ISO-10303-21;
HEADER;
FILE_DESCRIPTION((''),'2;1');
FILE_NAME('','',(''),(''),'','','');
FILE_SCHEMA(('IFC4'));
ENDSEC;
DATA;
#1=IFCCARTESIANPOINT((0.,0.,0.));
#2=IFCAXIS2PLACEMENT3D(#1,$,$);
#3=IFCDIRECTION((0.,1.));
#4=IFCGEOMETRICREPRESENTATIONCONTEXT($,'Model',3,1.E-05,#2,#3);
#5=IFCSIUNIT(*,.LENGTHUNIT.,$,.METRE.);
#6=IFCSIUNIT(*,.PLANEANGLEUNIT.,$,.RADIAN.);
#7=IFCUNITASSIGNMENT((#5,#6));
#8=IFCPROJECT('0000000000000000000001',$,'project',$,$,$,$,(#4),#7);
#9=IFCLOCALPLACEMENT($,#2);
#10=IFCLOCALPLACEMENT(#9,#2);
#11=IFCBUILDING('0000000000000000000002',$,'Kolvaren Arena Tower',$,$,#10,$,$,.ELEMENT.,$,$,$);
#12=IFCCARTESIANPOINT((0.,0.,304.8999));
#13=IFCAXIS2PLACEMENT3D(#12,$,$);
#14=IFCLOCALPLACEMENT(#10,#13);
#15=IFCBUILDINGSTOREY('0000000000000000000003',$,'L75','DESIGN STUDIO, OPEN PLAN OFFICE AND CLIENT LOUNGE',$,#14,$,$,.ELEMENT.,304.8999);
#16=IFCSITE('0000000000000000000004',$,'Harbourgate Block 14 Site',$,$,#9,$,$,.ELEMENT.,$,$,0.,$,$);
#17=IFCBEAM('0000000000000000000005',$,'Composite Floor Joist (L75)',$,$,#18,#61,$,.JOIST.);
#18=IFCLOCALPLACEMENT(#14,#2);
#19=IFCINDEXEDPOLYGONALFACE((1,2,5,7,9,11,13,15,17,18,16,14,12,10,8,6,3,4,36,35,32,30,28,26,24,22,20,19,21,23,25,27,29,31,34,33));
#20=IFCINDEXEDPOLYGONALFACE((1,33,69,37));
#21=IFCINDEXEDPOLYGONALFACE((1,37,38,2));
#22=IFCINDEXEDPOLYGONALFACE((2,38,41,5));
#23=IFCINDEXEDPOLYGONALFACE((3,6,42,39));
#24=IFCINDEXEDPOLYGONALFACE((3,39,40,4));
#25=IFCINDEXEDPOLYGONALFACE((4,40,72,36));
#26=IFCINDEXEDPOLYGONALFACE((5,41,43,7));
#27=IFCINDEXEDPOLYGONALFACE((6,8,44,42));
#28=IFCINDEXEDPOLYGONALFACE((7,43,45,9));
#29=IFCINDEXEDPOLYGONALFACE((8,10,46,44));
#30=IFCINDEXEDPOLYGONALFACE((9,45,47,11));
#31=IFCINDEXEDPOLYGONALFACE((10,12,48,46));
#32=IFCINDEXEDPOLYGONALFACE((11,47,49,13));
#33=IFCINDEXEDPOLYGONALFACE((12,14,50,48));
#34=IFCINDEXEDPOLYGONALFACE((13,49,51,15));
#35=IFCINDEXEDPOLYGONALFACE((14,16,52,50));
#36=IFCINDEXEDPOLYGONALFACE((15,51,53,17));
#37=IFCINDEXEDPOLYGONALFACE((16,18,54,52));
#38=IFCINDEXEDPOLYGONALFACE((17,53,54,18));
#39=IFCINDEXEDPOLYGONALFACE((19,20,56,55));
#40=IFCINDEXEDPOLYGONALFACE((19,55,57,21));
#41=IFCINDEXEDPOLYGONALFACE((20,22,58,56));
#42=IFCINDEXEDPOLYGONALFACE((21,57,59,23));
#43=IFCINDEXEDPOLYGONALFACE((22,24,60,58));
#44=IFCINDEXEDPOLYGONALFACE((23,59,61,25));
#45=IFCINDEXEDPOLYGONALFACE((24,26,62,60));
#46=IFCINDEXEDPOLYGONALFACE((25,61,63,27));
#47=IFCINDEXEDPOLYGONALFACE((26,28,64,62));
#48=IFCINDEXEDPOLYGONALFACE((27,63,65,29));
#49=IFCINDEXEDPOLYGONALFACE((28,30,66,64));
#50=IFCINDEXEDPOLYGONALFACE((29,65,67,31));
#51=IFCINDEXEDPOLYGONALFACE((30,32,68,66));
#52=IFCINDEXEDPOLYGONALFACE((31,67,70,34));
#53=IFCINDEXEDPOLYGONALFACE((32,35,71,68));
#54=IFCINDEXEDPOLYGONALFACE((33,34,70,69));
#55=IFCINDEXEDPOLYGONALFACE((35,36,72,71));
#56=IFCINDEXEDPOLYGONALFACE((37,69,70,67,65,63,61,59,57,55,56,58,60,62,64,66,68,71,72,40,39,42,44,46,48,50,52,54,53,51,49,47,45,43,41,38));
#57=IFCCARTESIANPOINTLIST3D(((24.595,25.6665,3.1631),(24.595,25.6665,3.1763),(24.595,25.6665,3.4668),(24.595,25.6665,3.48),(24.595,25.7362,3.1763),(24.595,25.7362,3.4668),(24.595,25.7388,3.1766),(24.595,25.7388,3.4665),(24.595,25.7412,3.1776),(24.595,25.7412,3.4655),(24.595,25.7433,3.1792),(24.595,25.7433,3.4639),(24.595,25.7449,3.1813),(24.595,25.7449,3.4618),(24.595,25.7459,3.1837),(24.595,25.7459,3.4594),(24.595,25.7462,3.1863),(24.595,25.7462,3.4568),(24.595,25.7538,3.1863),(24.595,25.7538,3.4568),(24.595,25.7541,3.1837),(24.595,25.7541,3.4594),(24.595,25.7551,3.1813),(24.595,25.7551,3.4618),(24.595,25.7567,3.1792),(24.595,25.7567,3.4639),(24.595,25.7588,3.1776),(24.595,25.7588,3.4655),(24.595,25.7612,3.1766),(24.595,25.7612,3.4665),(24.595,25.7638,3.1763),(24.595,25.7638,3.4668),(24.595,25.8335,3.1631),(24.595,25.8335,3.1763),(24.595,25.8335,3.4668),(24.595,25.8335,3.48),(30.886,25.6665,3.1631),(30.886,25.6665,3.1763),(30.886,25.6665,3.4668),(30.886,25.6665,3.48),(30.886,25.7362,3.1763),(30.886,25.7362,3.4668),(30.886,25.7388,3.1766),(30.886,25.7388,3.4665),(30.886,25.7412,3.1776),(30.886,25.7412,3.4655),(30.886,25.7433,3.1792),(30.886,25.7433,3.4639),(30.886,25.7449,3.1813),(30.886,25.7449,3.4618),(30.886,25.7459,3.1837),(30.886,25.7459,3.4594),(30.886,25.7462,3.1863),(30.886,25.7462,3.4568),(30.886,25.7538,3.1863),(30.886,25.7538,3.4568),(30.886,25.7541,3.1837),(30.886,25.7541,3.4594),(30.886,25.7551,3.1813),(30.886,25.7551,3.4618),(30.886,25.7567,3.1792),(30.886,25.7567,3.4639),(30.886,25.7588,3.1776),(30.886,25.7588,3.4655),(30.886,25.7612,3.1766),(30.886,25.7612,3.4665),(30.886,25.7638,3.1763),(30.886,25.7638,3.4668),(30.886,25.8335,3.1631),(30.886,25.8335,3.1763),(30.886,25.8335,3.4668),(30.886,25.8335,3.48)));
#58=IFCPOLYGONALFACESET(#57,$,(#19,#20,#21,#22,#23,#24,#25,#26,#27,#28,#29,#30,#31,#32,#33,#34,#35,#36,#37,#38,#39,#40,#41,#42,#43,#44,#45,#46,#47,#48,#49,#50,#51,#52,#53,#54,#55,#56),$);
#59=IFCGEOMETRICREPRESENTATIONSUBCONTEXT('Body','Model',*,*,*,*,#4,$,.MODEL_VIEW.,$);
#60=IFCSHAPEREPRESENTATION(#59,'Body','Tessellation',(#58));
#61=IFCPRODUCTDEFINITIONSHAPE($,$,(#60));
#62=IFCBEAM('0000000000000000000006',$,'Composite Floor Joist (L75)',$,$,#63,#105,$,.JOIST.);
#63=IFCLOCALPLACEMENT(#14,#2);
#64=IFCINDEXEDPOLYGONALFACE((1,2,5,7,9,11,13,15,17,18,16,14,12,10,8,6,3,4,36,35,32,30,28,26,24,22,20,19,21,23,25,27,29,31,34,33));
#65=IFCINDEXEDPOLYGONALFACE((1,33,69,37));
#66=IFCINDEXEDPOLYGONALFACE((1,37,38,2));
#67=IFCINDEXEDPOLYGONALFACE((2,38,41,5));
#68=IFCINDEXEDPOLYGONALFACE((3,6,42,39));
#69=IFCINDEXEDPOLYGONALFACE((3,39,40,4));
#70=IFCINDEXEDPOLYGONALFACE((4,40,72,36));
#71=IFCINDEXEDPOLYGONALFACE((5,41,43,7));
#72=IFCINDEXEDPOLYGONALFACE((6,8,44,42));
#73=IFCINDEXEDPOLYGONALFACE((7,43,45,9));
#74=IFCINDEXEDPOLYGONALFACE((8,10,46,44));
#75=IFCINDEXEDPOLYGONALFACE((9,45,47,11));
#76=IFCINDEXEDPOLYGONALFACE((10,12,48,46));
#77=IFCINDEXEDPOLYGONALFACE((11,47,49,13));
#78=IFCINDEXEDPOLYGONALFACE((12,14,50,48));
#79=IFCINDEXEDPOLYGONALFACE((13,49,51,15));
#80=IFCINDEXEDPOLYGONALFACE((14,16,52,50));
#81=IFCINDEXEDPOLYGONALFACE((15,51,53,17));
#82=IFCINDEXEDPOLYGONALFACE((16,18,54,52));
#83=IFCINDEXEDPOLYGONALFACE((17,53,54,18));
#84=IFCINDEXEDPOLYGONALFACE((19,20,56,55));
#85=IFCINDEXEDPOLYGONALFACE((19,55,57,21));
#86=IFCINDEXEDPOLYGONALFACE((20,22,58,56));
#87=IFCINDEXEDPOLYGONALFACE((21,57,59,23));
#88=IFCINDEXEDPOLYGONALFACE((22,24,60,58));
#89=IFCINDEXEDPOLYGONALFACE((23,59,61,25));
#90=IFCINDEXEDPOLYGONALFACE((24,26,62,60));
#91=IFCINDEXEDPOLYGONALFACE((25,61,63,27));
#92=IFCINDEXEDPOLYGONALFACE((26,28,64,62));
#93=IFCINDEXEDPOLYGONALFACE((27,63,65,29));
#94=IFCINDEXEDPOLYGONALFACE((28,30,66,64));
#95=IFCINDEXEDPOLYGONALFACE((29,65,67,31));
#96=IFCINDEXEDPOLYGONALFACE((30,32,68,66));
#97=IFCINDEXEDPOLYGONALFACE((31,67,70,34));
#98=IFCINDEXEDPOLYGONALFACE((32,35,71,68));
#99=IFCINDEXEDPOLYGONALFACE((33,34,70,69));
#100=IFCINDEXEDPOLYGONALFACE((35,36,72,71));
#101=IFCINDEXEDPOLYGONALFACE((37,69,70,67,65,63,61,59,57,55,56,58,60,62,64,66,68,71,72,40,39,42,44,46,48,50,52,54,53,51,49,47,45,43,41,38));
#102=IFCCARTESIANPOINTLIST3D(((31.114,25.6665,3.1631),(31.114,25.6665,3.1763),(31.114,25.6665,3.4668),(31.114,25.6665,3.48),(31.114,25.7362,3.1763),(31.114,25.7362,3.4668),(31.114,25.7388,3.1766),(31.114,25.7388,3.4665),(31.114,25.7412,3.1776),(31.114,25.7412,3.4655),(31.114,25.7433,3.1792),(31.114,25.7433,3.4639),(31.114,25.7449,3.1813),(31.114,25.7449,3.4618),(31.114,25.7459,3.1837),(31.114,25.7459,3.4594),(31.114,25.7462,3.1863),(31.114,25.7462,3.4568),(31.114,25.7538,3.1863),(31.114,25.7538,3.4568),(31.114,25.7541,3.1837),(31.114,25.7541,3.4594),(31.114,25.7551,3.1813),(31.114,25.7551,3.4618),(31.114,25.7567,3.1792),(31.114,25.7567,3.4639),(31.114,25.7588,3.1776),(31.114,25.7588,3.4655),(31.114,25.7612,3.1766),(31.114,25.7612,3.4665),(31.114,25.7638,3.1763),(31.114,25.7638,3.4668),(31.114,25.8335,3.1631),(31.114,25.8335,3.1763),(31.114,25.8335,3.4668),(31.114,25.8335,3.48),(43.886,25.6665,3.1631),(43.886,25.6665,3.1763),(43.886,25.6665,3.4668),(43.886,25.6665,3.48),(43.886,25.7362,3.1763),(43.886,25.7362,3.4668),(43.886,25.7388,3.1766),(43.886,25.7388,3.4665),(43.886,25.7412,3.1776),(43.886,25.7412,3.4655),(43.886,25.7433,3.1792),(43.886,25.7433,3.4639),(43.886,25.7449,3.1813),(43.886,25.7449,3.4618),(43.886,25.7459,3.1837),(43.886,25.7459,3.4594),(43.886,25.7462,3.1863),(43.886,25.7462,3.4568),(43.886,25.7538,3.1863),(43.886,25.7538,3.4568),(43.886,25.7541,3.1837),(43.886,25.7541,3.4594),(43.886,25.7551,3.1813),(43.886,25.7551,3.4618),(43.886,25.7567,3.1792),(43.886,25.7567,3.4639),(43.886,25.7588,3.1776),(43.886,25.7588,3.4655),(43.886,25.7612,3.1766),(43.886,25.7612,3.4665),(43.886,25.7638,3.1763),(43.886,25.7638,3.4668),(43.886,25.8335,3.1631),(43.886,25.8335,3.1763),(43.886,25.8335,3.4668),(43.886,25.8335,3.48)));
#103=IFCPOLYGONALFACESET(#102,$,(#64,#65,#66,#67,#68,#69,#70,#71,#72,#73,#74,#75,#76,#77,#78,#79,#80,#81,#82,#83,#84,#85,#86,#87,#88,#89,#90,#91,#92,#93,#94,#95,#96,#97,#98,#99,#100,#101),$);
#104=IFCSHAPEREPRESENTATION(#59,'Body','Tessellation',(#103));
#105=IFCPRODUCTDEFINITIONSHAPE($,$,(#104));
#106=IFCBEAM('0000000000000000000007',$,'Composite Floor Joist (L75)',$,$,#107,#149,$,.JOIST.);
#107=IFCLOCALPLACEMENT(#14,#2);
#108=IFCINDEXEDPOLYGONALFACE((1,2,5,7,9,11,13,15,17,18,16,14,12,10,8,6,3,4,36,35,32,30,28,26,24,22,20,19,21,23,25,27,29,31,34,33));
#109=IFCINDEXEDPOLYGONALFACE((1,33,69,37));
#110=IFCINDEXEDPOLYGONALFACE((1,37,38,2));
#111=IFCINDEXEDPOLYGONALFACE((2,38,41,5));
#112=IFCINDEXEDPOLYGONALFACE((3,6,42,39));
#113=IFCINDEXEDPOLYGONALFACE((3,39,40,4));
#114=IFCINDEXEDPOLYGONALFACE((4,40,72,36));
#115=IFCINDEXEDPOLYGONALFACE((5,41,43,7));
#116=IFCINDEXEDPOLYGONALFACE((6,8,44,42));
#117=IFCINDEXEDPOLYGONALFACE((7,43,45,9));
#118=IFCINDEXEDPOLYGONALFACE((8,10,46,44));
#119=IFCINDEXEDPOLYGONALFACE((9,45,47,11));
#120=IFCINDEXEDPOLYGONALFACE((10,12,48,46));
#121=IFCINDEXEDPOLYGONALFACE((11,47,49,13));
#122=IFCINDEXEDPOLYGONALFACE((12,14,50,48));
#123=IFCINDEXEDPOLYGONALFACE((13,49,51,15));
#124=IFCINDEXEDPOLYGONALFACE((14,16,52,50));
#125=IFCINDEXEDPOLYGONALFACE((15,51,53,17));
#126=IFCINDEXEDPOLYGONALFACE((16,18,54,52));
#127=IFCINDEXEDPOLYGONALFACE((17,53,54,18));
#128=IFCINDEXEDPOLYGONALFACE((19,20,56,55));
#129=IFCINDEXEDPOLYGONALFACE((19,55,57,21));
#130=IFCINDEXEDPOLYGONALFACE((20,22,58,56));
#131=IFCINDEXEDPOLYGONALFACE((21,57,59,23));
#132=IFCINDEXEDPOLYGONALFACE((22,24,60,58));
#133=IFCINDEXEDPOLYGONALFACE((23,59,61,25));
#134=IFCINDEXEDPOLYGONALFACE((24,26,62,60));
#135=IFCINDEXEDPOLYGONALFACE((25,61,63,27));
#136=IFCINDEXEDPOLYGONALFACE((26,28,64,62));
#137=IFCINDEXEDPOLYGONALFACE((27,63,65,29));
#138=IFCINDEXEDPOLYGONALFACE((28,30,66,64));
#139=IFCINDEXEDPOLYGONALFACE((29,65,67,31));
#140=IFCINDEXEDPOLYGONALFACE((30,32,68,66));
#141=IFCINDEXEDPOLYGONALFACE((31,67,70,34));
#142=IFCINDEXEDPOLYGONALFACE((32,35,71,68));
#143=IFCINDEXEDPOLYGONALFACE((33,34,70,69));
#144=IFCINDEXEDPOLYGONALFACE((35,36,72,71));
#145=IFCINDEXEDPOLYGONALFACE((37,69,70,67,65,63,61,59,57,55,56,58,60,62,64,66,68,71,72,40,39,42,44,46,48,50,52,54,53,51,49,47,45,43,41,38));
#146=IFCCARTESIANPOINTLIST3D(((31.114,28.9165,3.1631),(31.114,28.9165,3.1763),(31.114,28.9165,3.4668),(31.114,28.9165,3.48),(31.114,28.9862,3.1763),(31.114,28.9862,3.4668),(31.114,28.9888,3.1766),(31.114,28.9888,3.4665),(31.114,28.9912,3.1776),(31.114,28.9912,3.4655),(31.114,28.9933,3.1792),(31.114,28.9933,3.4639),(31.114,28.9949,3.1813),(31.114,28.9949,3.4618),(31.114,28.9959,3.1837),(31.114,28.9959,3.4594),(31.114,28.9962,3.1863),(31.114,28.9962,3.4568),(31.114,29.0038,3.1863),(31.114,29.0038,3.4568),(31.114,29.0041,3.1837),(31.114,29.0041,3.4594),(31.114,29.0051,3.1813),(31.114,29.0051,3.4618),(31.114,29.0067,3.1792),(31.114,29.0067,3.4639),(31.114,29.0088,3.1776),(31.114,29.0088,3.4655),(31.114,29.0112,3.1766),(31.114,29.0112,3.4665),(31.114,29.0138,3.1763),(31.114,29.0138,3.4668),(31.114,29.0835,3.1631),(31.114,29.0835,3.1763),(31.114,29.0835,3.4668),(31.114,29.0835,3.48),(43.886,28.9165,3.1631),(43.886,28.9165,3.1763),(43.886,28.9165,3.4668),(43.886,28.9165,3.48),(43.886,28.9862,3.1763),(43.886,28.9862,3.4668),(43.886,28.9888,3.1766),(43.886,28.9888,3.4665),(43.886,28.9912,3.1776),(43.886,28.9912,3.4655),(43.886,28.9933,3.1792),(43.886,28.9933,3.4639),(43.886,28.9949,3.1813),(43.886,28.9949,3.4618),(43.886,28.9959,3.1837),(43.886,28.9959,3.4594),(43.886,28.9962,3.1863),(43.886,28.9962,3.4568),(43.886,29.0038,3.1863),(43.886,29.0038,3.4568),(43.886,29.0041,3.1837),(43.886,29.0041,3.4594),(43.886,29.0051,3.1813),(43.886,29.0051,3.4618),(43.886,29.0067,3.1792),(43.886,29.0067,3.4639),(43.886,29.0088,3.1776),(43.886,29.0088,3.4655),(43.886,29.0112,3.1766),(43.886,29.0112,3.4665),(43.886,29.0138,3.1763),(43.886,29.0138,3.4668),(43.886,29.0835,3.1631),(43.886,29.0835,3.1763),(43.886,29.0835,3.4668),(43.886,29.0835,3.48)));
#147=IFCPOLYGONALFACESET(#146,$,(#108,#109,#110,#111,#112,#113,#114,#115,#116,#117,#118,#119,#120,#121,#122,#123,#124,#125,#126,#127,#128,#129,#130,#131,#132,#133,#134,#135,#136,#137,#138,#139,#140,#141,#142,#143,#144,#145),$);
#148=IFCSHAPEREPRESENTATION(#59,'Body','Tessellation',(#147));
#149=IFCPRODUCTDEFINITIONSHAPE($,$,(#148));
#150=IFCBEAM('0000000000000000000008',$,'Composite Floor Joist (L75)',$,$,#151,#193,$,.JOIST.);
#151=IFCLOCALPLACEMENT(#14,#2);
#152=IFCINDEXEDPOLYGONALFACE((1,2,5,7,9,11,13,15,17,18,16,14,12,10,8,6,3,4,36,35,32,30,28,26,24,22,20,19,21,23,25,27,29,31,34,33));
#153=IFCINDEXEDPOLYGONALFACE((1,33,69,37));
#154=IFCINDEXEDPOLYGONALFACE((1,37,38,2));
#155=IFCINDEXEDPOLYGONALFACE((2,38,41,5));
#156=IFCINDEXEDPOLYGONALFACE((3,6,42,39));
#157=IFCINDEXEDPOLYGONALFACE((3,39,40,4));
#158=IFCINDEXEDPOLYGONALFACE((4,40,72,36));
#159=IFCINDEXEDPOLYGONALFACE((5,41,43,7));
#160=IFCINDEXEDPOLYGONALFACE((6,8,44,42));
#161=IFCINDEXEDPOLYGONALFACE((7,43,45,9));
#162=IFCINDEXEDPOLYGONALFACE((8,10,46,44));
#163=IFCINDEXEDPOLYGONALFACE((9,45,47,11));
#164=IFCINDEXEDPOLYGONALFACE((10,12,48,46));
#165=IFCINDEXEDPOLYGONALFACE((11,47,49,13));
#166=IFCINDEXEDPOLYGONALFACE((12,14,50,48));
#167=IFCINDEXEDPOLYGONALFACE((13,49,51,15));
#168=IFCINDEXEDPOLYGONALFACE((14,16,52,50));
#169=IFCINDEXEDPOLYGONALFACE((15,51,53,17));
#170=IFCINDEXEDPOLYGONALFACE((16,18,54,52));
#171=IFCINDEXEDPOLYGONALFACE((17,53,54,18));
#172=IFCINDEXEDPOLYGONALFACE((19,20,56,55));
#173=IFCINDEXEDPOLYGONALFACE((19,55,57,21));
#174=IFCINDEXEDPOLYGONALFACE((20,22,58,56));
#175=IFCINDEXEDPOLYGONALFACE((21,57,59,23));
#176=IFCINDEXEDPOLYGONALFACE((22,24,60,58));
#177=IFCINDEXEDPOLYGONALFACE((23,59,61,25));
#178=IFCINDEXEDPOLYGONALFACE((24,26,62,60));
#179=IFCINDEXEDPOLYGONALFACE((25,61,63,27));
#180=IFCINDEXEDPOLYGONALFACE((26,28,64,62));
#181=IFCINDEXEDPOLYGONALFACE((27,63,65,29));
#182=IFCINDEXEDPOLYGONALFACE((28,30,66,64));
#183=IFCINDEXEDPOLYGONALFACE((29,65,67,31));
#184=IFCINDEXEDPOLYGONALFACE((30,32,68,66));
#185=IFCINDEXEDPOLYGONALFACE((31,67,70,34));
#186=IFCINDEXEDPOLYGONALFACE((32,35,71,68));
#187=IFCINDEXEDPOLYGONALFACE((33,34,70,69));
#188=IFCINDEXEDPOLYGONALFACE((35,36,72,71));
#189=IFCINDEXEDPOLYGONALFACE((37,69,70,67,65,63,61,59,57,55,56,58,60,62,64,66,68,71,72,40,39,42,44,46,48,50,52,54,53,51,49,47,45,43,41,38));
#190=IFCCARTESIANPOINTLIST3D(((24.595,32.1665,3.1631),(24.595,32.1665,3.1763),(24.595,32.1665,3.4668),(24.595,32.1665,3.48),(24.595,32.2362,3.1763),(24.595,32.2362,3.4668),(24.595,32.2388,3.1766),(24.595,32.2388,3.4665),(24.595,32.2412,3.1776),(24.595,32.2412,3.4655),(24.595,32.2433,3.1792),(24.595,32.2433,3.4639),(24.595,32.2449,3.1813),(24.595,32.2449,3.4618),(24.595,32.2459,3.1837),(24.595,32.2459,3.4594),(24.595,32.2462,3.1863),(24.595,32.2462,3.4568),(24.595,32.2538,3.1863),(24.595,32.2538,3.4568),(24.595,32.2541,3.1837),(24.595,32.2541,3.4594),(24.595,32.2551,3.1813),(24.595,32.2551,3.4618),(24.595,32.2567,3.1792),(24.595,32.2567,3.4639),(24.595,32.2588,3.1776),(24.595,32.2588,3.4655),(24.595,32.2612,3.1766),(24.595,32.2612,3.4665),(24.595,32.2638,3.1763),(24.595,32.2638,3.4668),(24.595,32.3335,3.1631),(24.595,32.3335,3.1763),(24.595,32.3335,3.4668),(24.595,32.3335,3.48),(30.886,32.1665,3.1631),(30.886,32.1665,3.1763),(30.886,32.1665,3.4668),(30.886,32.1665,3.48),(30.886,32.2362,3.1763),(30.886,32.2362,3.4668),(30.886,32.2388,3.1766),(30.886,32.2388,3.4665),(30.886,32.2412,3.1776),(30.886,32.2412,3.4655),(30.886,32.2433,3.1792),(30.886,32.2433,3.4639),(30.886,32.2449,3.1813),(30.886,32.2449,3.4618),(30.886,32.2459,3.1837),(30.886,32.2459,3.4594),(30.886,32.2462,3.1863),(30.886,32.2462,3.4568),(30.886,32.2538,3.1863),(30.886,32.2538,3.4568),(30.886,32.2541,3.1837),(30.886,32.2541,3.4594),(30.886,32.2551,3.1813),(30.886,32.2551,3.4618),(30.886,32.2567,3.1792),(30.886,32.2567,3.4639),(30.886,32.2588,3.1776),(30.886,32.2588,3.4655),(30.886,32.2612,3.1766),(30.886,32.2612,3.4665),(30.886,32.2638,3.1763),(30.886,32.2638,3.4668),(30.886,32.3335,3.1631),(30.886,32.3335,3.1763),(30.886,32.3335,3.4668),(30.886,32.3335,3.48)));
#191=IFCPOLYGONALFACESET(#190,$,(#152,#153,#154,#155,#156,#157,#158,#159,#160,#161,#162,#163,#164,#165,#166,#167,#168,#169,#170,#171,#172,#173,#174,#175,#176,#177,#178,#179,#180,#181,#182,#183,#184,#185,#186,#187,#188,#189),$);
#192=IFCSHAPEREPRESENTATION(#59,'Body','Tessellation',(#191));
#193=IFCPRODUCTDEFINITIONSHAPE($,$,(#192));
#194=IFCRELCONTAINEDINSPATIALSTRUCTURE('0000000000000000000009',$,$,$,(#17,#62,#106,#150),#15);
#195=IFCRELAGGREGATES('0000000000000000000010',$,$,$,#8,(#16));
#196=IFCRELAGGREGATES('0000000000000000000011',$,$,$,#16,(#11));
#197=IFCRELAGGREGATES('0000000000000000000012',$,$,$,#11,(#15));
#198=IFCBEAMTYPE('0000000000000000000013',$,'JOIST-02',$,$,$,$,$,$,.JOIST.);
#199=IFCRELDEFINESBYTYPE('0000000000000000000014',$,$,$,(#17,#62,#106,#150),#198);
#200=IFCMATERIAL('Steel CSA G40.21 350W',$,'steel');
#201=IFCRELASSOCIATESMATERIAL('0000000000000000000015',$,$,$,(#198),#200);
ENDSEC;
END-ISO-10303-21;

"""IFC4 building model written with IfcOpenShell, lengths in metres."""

from ifc_helpers import new_model, si_unit, direction, frame, origin, origin_2d, place, context, subcontext, project, spatial, i_section, extrude, material, material_profile, profile_set, type_object, element, save


model = new_model("IFC4")

# Units and contexts
model_context = context("Model", 3, precision=1e-05, world=origin(), true_north=direction((0.0, 1.0)))
body_context = subcontext(model_context, "Body", "Model", "MODEL_VIEW")
ifc_project = project(units=[si_unit("LENGTHUNIT", "METRE"), si_unit("PLANEANGLEUNIT", "RADIAN")], contexts=[model_context])

# Site, building, storey
site_placement = place(None, origin())
site = spatial("IfcSite", under=ifc_project, at=site_placement, Name="Harbourgate Block 14 Site", CompositionType="ELEMENT", RefElevation=0.0)
building_placement = place(site_placement, origin())
building = spatial("IfcBuilding", under=site, at=building_placement, Name="Kolvaren Arena Tower", CompositionType="ELEMENT")
storey_placement = place(building_placement, frame((0.0, 0.0, 304.8999)))
storey = spatial("IfcBuildingStorey", under=building, at=storey_placement, Name="L75", Description="DESIGN STUDIO, OPEN PLAN OFFICE AND CLIENT LOUNGE", CompositionType="ELEMENT", Elevation=304.8999)

# Beams
ifc_material_1 = material(Name="Steel CSA G40.21 350W", Category="steel")
ifc_material_profile_1 = material_profile(ifc_material_1, i_section(OverallWidth=0.167, OverallDepth=0.3169, WebThickness=0.0076, FlangeThickness=0.0132, FilletRadius=0.01, at=origin_2d()), Name="W310x52")
ifc_profile_set_1 = profile_set([ifc_material_profile_1], Name="Steel CSA G40.21 350W")
beam_type_1 = type_object("IfcBeamType", Name="JOIST-02", PredefinedType="JOIST", material=ifc_profile_set_1)
beam_1_placement = place(storey_placement, frame((24.595, 25.75, 3.3215), z_axis=(1.0, 0.0, 0.0), x_axis=(0.0, 1.0, 0.0)))
element("IfcBeam", 1, at=beam_1_placement, inside=storey, type_object=beam_type_1, Name="Composite Floor Joist (L75)", PredefinedType="JOIST", context=body_context, shape_type="SweptSolid", body=[
    extrude(i_section(OverallWidth=0.167, OverallDepth=0.3169, WebThickness=0.0076, FlangeThickness=0.0132, FilletRadius=0.01, at=origin_2d()), origin(), (0.0, 0.0, 1.0), 6.291),
])
for number, where, z_axis, x_axis, name in (
    (2, (31.114, 25.75, 3.3215), (1.0, 0.0, 0.0), (0.0, 1.0, 0.0), "Composite Floor Joist (L75)"),
    (3, (31.114, 29.0, 3.3215), (1.0, 0.0, 0.0), (0.0, 1.0, 0.0), "Composite Floor Joist (L75)"),
):
    element("IfcBeam", number, at=place(storey_placement, frame(where, z_axis=z_axis, x_axis=x_axis)), inside=storey, type_object=beam_type_1, Name=name, PredefinedType="JOIST", context=body_context, shape_type="SweptSolid", body=[
        extrude(i_section(OverallWidth=0.167, OverallDepth=0.3169, WebThickness=0.0076, FlangeThickness=0.0132, FilletRadius=0.01, at=origin_2d()), origin(), (0.0, 0.0, 1.0), 12.772),
    ])
beam_2_placement = place(storey_placement, frame((24.595, 32.25, 3.3215), z_axis=(1.0, 0.0, 0.0), x_axis=(0.0, 1.0, 0.0)))
element("IfcBeam", 4, at=beam_2_placement, inside=storey, type_object=beam_type_1, Name="Composite Floor Joist (L75)", PredefinedType="JOIST", context=body_context, shape_type="SweptSolid", body=[
    extrude(i_section(OverallWidth=0.167, OverallDepth=0.3169, WebThickness=0.0076, FlangeThickness=0.0132, FilletRadius=0.01, at=origin_2d()), origin(), (0.0, 0.0, 1.0), 6.291),
])

save(model, "model.ifc")
